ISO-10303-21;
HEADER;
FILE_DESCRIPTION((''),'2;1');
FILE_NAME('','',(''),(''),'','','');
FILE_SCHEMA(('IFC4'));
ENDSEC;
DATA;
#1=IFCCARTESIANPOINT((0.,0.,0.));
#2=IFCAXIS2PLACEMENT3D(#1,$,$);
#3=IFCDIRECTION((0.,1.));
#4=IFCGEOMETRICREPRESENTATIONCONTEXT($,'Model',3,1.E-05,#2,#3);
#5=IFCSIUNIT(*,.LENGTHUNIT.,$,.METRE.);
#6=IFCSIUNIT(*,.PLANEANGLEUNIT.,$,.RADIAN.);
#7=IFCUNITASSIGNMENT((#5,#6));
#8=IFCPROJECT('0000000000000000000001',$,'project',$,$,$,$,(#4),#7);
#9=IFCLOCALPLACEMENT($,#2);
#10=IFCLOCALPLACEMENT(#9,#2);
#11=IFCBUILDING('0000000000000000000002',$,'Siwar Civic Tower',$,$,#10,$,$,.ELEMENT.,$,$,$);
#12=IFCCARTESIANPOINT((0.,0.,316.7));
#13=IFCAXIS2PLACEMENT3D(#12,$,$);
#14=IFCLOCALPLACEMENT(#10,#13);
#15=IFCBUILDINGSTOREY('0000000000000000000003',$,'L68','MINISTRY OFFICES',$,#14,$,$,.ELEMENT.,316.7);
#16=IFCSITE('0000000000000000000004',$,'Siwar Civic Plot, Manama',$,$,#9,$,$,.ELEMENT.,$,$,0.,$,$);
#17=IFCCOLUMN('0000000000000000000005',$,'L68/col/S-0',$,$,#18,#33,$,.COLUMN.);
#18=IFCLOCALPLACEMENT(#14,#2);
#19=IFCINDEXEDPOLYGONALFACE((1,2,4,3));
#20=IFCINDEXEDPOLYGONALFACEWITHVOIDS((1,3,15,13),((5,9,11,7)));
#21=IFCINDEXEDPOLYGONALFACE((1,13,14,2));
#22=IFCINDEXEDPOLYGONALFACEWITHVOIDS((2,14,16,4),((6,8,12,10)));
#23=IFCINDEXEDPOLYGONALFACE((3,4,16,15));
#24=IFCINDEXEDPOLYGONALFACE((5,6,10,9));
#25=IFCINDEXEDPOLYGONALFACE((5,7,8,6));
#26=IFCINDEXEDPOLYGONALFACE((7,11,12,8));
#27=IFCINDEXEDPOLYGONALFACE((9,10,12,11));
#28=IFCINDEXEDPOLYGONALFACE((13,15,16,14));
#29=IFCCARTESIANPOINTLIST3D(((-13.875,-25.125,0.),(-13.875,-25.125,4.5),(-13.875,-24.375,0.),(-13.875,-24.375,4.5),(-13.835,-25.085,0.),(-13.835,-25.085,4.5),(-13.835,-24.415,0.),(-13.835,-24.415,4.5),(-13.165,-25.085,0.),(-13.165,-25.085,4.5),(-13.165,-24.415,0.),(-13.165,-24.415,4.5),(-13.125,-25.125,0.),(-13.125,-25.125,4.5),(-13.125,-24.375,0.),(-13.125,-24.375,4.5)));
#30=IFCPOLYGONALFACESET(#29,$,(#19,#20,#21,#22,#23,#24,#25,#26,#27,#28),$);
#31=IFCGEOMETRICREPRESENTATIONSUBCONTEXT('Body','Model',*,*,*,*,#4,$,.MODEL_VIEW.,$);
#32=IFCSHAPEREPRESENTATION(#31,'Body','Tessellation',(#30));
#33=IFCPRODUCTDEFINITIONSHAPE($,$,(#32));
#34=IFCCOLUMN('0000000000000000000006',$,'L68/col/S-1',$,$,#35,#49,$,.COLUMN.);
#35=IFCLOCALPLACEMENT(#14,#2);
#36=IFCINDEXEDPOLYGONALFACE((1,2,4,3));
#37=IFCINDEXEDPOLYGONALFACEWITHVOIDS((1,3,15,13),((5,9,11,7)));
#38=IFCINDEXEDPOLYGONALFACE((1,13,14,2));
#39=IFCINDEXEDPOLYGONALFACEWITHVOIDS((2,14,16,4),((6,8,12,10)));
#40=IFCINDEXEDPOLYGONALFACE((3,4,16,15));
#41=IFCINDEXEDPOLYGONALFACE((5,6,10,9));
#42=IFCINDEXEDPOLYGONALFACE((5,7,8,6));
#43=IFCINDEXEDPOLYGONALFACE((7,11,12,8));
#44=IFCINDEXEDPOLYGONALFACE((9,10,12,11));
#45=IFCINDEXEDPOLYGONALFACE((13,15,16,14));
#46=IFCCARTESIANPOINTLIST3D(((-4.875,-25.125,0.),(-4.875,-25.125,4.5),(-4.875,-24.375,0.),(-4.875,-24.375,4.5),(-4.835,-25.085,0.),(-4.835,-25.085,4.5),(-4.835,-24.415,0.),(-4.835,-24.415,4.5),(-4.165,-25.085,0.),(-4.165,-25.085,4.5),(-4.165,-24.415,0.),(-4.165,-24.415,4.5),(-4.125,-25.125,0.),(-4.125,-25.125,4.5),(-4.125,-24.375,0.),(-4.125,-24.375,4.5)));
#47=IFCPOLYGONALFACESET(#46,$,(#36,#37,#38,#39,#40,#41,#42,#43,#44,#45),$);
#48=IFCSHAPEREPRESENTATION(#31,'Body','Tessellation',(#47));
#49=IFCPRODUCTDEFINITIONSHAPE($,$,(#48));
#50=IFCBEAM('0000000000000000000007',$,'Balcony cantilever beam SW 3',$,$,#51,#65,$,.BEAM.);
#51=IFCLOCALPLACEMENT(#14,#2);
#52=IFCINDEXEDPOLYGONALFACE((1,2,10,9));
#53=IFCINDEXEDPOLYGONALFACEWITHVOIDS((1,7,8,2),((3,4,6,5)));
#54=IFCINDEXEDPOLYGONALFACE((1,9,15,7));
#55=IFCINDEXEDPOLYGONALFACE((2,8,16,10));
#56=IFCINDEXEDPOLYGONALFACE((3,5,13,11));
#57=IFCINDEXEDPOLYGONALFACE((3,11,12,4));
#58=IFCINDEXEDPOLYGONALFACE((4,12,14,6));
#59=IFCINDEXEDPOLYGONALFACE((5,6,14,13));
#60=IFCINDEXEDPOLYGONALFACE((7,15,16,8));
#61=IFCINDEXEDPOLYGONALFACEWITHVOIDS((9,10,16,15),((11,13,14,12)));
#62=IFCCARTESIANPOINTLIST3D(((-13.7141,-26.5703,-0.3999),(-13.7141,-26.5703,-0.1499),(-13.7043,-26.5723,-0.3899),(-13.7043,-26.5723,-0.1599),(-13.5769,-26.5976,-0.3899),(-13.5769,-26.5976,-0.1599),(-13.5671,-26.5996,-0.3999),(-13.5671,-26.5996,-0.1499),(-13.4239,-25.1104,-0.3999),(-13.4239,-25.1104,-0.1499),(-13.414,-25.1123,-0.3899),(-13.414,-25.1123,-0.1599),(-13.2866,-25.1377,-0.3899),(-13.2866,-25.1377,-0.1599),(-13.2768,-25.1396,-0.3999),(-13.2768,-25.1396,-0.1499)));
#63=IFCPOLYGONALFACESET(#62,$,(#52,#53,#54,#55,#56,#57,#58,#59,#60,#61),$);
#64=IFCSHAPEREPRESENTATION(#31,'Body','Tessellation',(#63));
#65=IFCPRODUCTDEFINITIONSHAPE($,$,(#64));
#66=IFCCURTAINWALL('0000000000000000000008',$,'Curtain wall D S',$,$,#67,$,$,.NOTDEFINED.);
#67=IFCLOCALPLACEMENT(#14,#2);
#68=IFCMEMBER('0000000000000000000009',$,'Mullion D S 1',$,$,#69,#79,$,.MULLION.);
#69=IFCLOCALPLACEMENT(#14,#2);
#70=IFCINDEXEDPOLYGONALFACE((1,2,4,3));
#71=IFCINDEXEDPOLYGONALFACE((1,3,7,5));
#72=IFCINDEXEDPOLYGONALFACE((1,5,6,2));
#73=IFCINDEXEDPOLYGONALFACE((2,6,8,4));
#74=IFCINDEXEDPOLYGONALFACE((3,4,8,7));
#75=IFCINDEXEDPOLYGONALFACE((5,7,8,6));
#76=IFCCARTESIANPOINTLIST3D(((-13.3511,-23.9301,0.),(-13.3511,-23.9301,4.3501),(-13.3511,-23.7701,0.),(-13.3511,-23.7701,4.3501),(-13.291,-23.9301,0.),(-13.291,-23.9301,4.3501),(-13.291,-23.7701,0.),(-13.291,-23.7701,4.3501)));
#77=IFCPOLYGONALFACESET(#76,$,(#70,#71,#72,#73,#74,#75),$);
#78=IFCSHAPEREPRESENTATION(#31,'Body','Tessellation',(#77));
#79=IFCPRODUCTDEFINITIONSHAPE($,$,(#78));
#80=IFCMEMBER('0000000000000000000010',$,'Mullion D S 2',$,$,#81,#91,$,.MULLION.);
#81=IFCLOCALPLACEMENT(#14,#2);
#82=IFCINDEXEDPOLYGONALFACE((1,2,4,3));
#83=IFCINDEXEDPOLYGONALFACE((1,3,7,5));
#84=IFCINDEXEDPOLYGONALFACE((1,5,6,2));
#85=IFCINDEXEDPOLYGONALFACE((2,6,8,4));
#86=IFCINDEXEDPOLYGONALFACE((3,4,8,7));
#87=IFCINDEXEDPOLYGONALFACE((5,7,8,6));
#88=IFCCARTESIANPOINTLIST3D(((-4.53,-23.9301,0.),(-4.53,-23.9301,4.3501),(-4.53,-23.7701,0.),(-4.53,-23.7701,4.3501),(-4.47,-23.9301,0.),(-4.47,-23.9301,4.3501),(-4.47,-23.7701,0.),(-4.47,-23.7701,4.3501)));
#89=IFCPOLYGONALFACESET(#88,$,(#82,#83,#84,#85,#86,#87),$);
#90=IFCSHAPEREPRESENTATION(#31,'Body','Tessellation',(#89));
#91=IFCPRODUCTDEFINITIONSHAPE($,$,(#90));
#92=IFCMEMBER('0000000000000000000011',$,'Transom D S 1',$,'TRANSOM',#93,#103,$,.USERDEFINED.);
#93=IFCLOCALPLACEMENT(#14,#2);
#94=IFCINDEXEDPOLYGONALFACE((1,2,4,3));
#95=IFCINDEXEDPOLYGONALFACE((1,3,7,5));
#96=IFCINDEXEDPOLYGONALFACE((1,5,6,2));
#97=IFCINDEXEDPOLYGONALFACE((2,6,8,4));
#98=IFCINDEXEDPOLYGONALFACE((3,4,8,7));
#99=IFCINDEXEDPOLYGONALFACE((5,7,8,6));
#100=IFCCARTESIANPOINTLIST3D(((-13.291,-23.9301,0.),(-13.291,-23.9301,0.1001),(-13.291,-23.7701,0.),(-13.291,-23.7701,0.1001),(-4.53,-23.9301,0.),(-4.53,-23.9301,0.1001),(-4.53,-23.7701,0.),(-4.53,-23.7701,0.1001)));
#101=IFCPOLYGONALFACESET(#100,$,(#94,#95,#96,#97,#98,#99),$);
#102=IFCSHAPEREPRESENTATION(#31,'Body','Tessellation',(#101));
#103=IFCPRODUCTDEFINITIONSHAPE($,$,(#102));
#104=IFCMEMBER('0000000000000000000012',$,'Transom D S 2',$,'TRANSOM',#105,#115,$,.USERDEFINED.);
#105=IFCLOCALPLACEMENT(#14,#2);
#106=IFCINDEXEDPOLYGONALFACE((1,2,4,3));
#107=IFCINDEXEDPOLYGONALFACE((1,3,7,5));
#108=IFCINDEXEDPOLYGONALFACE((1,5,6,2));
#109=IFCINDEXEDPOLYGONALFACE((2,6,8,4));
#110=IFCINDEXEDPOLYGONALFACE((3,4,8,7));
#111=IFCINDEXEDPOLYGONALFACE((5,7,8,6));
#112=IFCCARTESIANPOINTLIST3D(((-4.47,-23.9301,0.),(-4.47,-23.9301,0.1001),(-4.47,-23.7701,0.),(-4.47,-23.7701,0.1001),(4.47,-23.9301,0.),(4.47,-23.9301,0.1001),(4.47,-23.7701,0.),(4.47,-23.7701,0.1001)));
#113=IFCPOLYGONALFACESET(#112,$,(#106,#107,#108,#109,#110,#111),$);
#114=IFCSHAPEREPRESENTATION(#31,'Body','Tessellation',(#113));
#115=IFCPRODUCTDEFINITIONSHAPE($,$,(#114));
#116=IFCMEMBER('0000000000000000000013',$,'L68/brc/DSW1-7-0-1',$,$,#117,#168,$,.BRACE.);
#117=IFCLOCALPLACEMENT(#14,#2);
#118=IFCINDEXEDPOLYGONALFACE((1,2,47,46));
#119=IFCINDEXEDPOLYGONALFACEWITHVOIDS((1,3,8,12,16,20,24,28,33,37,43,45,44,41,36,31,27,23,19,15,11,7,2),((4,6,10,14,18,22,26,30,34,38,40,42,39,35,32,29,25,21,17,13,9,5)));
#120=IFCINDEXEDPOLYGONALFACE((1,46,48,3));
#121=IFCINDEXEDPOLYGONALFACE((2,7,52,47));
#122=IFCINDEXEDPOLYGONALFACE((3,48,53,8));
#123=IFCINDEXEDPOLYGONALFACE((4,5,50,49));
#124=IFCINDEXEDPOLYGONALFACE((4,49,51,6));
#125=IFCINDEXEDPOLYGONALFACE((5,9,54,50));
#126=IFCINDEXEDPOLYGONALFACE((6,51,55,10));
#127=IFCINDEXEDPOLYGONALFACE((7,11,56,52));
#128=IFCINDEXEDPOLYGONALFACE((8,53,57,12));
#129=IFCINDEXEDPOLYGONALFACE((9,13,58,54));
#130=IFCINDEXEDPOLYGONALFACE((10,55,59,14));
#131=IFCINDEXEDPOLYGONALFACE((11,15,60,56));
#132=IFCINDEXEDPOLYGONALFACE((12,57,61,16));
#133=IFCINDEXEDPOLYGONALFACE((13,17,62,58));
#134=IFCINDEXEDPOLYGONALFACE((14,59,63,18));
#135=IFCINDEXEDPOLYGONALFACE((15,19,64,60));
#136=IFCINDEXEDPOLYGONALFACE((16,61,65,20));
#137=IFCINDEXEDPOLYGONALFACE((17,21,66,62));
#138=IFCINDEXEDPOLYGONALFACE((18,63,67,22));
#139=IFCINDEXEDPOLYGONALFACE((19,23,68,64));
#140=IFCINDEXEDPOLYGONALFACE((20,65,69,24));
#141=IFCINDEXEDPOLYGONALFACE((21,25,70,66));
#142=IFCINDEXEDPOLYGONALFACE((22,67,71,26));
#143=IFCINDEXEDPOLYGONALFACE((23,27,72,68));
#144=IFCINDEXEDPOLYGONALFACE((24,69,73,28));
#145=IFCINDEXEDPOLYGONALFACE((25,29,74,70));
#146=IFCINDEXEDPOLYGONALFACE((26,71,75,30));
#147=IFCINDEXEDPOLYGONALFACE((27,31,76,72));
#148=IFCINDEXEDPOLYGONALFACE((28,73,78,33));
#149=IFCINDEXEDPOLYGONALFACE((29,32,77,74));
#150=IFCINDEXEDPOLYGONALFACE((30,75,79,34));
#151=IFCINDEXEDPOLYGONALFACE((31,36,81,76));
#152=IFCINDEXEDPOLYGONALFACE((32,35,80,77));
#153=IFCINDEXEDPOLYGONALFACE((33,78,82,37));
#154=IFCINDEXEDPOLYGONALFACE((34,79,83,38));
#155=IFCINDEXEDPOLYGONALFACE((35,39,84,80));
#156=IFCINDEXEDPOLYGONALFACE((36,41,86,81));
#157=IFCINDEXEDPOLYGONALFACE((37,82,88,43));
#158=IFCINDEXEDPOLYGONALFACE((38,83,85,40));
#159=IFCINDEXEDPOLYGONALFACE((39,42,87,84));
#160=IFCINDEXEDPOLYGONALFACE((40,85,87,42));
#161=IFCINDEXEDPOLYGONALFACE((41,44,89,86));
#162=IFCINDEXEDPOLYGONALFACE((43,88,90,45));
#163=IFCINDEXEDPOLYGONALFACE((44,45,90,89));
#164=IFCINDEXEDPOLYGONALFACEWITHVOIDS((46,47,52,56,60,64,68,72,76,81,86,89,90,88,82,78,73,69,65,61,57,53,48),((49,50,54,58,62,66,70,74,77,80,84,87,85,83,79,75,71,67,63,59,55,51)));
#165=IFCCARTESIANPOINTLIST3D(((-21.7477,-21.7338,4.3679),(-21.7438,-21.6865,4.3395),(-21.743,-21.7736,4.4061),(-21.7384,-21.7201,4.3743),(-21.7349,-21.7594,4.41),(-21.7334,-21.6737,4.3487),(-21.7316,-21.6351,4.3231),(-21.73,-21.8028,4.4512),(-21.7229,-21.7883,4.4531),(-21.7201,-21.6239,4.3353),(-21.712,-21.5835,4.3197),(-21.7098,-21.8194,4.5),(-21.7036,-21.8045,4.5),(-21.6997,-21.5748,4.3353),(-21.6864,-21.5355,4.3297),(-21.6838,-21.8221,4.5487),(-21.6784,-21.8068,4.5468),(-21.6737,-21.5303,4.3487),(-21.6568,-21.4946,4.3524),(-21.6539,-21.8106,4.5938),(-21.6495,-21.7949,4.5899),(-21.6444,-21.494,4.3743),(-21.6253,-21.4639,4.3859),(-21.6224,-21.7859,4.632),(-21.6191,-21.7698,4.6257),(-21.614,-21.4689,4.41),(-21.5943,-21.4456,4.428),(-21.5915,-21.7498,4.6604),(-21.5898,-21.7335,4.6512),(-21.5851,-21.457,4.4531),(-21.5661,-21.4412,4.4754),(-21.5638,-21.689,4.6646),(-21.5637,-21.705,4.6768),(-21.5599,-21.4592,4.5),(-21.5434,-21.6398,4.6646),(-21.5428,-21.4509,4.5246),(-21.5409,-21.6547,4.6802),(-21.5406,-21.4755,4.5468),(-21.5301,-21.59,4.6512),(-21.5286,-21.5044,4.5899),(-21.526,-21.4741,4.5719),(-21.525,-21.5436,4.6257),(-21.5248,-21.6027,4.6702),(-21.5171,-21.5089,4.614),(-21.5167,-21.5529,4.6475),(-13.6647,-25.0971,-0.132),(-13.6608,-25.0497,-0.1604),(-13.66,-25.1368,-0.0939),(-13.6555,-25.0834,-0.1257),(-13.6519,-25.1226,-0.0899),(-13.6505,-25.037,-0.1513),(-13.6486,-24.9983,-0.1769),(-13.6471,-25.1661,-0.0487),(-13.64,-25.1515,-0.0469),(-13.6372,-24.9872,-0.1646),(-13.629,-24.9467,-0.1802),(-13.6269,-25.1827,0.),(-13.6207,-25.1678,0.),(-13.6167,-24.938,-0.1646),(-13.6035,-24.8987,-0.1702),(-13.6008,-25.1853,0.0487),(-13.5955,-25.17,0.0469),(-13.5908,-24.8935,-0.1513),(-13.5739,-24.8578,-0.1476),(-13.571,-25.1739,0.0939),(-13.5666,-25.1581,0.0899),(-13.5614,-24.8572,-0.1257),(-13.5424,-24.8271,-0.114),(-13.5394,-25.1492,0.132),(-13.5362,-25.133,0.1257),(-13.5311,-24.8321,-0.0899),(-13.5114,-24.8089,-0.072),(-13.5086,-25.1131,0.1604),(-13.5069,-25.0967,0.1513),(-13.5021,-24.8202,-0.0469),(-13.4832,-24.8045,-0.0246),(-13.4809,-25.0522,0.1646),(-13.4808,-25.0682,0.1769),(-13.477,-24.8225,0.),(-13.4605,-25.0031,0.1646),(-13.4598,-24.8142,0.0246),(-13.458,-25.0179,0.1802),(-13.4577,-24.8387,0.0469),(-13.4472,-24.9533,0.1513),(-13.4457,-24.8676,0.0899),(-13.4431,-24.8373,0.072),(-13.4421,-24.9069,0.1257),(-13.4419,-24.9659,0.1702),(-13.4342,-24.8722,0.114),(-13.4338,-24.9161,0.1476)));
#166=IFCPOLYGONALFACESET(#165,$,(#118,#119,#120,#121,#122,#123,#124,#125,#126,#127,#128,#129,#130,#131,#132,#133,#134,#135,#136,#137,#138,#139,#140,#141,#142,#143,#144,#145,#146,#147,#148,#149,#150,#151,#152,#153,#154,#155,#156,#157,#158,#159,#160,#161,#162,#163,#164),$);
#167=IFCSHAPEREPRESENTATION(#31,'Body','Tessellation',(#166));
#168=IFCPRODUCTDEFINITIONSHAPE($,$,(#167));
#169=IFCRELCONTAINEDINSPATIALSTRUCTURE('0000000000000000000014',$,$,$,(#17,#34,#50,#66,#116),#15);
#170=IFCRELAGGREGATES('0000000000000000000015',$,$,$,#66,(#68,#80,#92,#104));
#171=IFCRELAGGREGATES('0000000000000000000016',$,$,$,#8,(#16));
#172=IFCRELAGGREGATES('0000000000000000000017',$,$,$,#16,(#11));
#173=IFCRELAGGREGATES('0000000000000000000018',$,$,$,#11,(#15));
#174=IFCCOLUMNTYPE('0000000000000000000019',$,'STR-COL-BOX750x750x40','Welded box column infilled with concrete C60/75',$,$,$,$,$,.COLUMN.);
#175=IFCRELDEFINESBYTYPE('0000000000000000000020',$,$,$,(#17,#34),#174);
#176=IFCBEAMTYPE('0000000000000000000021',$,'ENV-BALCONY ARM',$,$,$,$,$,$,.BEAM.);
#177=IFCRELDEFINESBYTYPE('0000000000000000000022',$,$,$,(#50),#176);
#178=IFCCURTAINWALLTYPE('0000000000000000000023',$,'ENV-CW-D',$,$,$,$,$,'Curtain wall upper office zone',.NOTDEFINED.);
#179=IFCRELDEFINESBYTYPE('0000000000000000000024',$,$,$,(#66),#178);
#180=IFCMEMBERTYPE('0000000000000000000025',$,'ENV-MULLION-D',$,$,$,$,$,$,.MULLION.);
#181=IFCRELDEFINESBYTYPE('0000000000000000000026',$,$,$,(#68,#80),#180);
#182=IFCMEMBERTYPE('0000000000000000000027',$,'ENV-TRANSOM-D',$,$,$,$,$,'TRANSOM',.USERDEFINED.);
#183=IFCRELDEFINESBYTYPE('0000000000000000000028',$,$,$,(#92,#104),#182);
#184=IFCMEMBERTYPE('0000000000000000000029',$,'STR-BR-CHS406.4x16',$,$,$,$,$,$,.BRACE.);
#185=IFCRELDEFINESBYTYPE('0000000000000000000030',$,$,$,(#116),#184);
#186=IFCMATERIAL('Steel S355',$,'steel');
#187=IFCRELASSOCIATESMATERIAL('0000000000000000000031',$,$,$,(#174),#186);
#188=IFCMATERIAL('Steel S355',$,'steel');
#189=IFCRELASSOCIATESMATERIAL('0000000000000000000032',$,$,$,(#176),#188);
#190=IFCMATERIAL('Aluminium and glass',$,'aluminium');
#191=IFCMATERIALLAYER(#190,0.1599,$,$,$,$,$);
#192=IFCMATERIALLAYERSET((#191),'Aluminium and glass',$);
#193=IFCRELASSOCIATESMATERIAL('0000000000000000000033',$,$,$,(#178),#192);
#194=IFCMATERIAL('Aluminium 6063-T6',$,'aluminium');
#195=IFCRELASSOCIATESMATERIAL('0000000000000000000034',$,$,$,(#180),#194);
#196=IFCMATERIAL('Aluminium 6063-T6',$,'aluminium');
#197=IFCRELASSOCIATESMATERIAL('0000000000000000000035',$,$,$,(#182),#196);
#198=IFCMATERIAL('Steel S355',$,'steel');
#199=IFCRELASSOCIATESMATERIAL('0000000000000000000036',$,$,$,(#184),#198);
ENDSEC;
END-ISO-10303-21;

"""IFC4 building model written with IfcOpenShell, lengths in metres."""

from ifc_helpers import new_model, si_unit, direction, frame, origin, origin_2d, place, context, subcontext, project, spatial, rectangle, hollow_rectangle, hollow_circle, extrude, material, layer, layer_set, material_profile, profile_set, type_object, element, aggregate, save


model = new_model("IFC4")

# Units and contexts
model_context = context("Model", 3, precision=1e-05, world=origin(), true_north=direction((0.0, 1.0)))
body_context = subcontext(model_context, "Body", "Model", "MODEL_VIEW")
ifc_project = project(units=[si_unit("LENGTHUNIT", "METRE"), si_unit("PLANEANGLEUNIT", "RADIAN")], contexts=[model_context])

# Site, building, storey
site_placement = place(None, origin())
site = spatial("IfcSite", under=ifc_project, at=site_placement, Name="Siwar Civic Plot, Manama", CompositionType="ELEMENT", RefElevation=0.0)
building_placement = place(site_placement, origin())
building = spatial("IfcBuilding", under=site, at=building_placement, Name="Siwar Civic Tower", CompositionType="ELEMENT")
storey_placement = place(building_placement, frame((0.0, 0.0, 316.7)))
storey = spatial("IfcBuildingStorey", under=building, at=storey_placement, Name="L68", Description="MINISTRY OFFICES", CompositionType="ELEMENT", Elevation=316.7)

# Columns
ifc_material_1 = material(Name="Steel S355", Category="steel")
ifc_material_profile_1 = material_profile(ifc_material_1, hollow_rectangle(XDim=0.75, YDim=0.75, WallThickness=0.04, at=origin_2d()), Name="BOX750x750x40")
ifc_profile_set_1 = profile_set([ifc_material_profile_1], Name="Steel S355")
column_type = type_object("IfcColumnType", Name="STR-COL-BOX750x750x40", Description="Welded box column infilled with concrete C60/75", PredefinedType="COLUMN", material=ifc_profile_set_1)
for number, where, z_axis, x_axis, name in (
    (1, (-13.5, -24.75, 0.0), (0.0, 0.0, 1.0), (1.0, 0.0, 0.0), "L68/col/S-0"),
    (2, (-4.5, -24.75, 0.0), (0.0, 0.0, 1.0), (1.0, 0.0, 0.0), "L68/col/S-1"),
):
    element("IfcColumn", number, at=place(storey_placement, frame(where, z_axis=z_axis, x_axis=x_axis)), inside=storey, type_object=column_type, Name=name, PredefinedType="COLUMN", context=body_context, shape_type="SweptSolid", body=[
        extrude(hollow_rectangle(XDim=0.75, YDim=0.75, WallThickness=0.04, at=origin_2d()), origin(), (0.0, 0.0, 1.0), 4.5),
    ])

# Beam
ifc_material_2 = material(Name="Steel S355", Category="steel")
ifc_material_profile_2 = material_profile(ifc_material_2, hollow_rectangle(XDim=0.1499, YDim=0.25, WallThickness=0.01, at=origin_2d()), Name="RHS250x150x10")
ifc_profile_set_2 = profile_set([ifc_material_profile_2], Name="Steel S355")
beam_type_1 = type_object("IfcBeamType", Name="ENV-BALCONY ARM", PredefinedType="BEAM", material=ifc_profile_set_2)
beam_1_placement = place(storey_placement, frame((-13.3503, -25.125, -0.2749), z_axis=(-0.195012, -0.980801, 0.0), x_axis=(0.980801, -0.195012, 0.0)))
element("IfcBeam", 3, at=beam_1_placement, inside=storey, type_object=beam_type_1, Name="Balcony cantilever beam SW 3", PredefinedType="BEAM", context=body_context, shape_type="SweptSolid", body=[
    extrude(hollow_rectangle(XDim=0.1499, YDim=0.25, WallThickness=0.01, at=origin_2d()), origin(), (0.0, 0.0, 1.0), 1.4885),
])

# Curtain wall, members
ifc_material_3 = material(Name="Aluminium and glass", Category="aluminium")
ifc_layer_1 = layer(ifc_material_3, 0.1599)
ifc_layer_set_1 = layer_set([ifc_layer_1], Name="Aluminium and glass")
curtain_wall_type = type_object("IfcCurtainWallType", Name="ENV-CW-D", ElementType="Curtain wall upper office zone", PredefinedType="NOTDEFINED", material=ifc_layer_set_1)
curtain_wall_placement = place(storey_placement, origin())
curtain_wall = element("IfcCurtainWall", 4, at=curtain_wall_placement, inside=storey, type_object=curtain_wall_type, Name="Curtain wall D S", PredefinedType="NOTDEFINED")
ifc_material_4 = material(Name="Aluminium 6063-T6", Category="aluminium")
ifc_material_profile_3 = material_profile(ifc_material_4, rectangle(XDim=0.1599, YDim=0.0601, at=origin_2d()), Name="AL 160x60")
ifc_profile_set_3 = profile_set([ifc_material_profile_3], Name="Aluminium 6063-T6")
member_type_1 = type_object("IfcMemberType", Name="ENV-MULLION-D", PredefinedType="MULLION", material=ifc_profile_set_3)
member_1_placement = place(storey_placement, frame((-13.321, -23.8501, 0.0), z_axis=(0.0, 0.0, 1.0), x_axis=(0.0, 1.0, 0.0)))
member_1 = element("IfcMember", 5, at=member_1_placement, type_object=member_type_1, Name="Mullion D S 1", PredefinedType="MULLION", context=body_context, shape_type="SweptSolid", body=[
    extrude(rectangle(XDim=0.1599, YDim=0.0601, at=origin_2d()), origin(), (0.0, 0.0, 1.0), 4.3501),
])
member_2_placement = place(storey_placement, frame((-4.5, -23.8501, 0.0), z_axis=(0.0, 0.0, 1.0), x_axis=(0.0, 1.0, 0.0)))
member_2 = element("IfcMember", 6, at=member_2_placement, type_object=member_type_1, Name="Mullion D S 2", PredefinedType="MULLION", context=body_context, shape_type="SweptSolid", body=[
    extrude(rectangle(XDim=0.1599, YDim=0.0601, at=origin_2d()), origin(), (0.0, 0.0, 1.0), 4.3501),
])
ifc_material_5 = material(Name="Aluminium 6063-T6", Category="aluminium")
ifc_material_profile_4 = material_profile(ifc_material_5, rectangle(XDim=0.1599, YDim=0.1001, at=origin_2d()), Name="AL 160x100")
ifc_profile_set_4 = profile_set([ifc_material_profile_4], Name="Aluminium 6063-T6")
member_type_2 = type_object("IfcMemberType", Name="ENV-TRANSOM-D", ElementType="TRANSOM", PredefinedType="USERDEFINED", material=ifc_profile_set_4)
member_3_placement = place(storey_placement, frame((-13.291, -23.8501, 0.05), z_axis=(1.0, 0.0, 0.0), x_axis=(0.0, 1.0, 0.0)))
member_3 = element("IfcMember", 7, at=member_3_placement, type_object=member_type_2, Name="Transom D S 1", ObjectType="TRANSOM", PredefinedType="USERDEFINED", context=body_context, shape_type="SweptSolid", body=[
    extrude(rectangle(XDim=0.1599, YDim=0.1001, at=origin_2d()), origin(), (0.0, 0.0, 1.0), 8.761),
])
member_4_placement = place(storey_placement, frame((-4.47, -23.8501, 0.05), z_axis=(1.0, 0.0, 0.0), x_axis=(0.0, 1.0, 0.0)))
member_4 = element("IfcMember", 8, at=member_4_placement, type_object=member_type_2, Name="Transom D S 2", ObjectType="TRANSOM", PredefinedType="USERDEFINED", context=body_context, shape_type="SweptSolid", body=[
    extrude(rectangle(XDim=0.1599, YDim=0.1001, at=origin_2d()), origin(), (0.0, 0.0, 1.0), 8.9399),
])

# Member
ifc_material_6 = material(Name="Steel S355", Category="steel")
ifc_material_profile_5 = material_profile(ifc_material_6, hollow_circle(Radius=0.2031, WallThickness=0.0161, at=origin_2d()), Name="CHS406.4x16")
ifc_profile_set_5 = profile_set([ifc_material_profile_5], Name="Steel S355")
member_type_3 = type_object("IfcMemberType", Name="STR-BR-CHS406.4x16", PredefinedType="BRACE", material=ifc_profile_set_5)
member_5_placement = place(storey_placement, frame((-13.5488, -24.9951, 0.0), z_axis=(-0.821143, 0.341671, 0.457149), x_axis=(-0.384164, -0.923265, 0.0)))
element("IfcMember", 9, at=member_5_placement, inside=storey, type_object=member_type_3, Name="L68/brc/DSW1-7-0-1", PredefinedType="BRACE", context=body_context, shape_type="SweptSolid", body=[
    extrude(hollow_circle(Radius=0.2031, WallThickness=0.0161, at=origin_2d()), origin(), (0.0, 0.0, 1.0), 9.8435),
])

aggregate(curtain_wall, [member_1, member_2, member_3, member_4])

save(model, "model.ifc")
